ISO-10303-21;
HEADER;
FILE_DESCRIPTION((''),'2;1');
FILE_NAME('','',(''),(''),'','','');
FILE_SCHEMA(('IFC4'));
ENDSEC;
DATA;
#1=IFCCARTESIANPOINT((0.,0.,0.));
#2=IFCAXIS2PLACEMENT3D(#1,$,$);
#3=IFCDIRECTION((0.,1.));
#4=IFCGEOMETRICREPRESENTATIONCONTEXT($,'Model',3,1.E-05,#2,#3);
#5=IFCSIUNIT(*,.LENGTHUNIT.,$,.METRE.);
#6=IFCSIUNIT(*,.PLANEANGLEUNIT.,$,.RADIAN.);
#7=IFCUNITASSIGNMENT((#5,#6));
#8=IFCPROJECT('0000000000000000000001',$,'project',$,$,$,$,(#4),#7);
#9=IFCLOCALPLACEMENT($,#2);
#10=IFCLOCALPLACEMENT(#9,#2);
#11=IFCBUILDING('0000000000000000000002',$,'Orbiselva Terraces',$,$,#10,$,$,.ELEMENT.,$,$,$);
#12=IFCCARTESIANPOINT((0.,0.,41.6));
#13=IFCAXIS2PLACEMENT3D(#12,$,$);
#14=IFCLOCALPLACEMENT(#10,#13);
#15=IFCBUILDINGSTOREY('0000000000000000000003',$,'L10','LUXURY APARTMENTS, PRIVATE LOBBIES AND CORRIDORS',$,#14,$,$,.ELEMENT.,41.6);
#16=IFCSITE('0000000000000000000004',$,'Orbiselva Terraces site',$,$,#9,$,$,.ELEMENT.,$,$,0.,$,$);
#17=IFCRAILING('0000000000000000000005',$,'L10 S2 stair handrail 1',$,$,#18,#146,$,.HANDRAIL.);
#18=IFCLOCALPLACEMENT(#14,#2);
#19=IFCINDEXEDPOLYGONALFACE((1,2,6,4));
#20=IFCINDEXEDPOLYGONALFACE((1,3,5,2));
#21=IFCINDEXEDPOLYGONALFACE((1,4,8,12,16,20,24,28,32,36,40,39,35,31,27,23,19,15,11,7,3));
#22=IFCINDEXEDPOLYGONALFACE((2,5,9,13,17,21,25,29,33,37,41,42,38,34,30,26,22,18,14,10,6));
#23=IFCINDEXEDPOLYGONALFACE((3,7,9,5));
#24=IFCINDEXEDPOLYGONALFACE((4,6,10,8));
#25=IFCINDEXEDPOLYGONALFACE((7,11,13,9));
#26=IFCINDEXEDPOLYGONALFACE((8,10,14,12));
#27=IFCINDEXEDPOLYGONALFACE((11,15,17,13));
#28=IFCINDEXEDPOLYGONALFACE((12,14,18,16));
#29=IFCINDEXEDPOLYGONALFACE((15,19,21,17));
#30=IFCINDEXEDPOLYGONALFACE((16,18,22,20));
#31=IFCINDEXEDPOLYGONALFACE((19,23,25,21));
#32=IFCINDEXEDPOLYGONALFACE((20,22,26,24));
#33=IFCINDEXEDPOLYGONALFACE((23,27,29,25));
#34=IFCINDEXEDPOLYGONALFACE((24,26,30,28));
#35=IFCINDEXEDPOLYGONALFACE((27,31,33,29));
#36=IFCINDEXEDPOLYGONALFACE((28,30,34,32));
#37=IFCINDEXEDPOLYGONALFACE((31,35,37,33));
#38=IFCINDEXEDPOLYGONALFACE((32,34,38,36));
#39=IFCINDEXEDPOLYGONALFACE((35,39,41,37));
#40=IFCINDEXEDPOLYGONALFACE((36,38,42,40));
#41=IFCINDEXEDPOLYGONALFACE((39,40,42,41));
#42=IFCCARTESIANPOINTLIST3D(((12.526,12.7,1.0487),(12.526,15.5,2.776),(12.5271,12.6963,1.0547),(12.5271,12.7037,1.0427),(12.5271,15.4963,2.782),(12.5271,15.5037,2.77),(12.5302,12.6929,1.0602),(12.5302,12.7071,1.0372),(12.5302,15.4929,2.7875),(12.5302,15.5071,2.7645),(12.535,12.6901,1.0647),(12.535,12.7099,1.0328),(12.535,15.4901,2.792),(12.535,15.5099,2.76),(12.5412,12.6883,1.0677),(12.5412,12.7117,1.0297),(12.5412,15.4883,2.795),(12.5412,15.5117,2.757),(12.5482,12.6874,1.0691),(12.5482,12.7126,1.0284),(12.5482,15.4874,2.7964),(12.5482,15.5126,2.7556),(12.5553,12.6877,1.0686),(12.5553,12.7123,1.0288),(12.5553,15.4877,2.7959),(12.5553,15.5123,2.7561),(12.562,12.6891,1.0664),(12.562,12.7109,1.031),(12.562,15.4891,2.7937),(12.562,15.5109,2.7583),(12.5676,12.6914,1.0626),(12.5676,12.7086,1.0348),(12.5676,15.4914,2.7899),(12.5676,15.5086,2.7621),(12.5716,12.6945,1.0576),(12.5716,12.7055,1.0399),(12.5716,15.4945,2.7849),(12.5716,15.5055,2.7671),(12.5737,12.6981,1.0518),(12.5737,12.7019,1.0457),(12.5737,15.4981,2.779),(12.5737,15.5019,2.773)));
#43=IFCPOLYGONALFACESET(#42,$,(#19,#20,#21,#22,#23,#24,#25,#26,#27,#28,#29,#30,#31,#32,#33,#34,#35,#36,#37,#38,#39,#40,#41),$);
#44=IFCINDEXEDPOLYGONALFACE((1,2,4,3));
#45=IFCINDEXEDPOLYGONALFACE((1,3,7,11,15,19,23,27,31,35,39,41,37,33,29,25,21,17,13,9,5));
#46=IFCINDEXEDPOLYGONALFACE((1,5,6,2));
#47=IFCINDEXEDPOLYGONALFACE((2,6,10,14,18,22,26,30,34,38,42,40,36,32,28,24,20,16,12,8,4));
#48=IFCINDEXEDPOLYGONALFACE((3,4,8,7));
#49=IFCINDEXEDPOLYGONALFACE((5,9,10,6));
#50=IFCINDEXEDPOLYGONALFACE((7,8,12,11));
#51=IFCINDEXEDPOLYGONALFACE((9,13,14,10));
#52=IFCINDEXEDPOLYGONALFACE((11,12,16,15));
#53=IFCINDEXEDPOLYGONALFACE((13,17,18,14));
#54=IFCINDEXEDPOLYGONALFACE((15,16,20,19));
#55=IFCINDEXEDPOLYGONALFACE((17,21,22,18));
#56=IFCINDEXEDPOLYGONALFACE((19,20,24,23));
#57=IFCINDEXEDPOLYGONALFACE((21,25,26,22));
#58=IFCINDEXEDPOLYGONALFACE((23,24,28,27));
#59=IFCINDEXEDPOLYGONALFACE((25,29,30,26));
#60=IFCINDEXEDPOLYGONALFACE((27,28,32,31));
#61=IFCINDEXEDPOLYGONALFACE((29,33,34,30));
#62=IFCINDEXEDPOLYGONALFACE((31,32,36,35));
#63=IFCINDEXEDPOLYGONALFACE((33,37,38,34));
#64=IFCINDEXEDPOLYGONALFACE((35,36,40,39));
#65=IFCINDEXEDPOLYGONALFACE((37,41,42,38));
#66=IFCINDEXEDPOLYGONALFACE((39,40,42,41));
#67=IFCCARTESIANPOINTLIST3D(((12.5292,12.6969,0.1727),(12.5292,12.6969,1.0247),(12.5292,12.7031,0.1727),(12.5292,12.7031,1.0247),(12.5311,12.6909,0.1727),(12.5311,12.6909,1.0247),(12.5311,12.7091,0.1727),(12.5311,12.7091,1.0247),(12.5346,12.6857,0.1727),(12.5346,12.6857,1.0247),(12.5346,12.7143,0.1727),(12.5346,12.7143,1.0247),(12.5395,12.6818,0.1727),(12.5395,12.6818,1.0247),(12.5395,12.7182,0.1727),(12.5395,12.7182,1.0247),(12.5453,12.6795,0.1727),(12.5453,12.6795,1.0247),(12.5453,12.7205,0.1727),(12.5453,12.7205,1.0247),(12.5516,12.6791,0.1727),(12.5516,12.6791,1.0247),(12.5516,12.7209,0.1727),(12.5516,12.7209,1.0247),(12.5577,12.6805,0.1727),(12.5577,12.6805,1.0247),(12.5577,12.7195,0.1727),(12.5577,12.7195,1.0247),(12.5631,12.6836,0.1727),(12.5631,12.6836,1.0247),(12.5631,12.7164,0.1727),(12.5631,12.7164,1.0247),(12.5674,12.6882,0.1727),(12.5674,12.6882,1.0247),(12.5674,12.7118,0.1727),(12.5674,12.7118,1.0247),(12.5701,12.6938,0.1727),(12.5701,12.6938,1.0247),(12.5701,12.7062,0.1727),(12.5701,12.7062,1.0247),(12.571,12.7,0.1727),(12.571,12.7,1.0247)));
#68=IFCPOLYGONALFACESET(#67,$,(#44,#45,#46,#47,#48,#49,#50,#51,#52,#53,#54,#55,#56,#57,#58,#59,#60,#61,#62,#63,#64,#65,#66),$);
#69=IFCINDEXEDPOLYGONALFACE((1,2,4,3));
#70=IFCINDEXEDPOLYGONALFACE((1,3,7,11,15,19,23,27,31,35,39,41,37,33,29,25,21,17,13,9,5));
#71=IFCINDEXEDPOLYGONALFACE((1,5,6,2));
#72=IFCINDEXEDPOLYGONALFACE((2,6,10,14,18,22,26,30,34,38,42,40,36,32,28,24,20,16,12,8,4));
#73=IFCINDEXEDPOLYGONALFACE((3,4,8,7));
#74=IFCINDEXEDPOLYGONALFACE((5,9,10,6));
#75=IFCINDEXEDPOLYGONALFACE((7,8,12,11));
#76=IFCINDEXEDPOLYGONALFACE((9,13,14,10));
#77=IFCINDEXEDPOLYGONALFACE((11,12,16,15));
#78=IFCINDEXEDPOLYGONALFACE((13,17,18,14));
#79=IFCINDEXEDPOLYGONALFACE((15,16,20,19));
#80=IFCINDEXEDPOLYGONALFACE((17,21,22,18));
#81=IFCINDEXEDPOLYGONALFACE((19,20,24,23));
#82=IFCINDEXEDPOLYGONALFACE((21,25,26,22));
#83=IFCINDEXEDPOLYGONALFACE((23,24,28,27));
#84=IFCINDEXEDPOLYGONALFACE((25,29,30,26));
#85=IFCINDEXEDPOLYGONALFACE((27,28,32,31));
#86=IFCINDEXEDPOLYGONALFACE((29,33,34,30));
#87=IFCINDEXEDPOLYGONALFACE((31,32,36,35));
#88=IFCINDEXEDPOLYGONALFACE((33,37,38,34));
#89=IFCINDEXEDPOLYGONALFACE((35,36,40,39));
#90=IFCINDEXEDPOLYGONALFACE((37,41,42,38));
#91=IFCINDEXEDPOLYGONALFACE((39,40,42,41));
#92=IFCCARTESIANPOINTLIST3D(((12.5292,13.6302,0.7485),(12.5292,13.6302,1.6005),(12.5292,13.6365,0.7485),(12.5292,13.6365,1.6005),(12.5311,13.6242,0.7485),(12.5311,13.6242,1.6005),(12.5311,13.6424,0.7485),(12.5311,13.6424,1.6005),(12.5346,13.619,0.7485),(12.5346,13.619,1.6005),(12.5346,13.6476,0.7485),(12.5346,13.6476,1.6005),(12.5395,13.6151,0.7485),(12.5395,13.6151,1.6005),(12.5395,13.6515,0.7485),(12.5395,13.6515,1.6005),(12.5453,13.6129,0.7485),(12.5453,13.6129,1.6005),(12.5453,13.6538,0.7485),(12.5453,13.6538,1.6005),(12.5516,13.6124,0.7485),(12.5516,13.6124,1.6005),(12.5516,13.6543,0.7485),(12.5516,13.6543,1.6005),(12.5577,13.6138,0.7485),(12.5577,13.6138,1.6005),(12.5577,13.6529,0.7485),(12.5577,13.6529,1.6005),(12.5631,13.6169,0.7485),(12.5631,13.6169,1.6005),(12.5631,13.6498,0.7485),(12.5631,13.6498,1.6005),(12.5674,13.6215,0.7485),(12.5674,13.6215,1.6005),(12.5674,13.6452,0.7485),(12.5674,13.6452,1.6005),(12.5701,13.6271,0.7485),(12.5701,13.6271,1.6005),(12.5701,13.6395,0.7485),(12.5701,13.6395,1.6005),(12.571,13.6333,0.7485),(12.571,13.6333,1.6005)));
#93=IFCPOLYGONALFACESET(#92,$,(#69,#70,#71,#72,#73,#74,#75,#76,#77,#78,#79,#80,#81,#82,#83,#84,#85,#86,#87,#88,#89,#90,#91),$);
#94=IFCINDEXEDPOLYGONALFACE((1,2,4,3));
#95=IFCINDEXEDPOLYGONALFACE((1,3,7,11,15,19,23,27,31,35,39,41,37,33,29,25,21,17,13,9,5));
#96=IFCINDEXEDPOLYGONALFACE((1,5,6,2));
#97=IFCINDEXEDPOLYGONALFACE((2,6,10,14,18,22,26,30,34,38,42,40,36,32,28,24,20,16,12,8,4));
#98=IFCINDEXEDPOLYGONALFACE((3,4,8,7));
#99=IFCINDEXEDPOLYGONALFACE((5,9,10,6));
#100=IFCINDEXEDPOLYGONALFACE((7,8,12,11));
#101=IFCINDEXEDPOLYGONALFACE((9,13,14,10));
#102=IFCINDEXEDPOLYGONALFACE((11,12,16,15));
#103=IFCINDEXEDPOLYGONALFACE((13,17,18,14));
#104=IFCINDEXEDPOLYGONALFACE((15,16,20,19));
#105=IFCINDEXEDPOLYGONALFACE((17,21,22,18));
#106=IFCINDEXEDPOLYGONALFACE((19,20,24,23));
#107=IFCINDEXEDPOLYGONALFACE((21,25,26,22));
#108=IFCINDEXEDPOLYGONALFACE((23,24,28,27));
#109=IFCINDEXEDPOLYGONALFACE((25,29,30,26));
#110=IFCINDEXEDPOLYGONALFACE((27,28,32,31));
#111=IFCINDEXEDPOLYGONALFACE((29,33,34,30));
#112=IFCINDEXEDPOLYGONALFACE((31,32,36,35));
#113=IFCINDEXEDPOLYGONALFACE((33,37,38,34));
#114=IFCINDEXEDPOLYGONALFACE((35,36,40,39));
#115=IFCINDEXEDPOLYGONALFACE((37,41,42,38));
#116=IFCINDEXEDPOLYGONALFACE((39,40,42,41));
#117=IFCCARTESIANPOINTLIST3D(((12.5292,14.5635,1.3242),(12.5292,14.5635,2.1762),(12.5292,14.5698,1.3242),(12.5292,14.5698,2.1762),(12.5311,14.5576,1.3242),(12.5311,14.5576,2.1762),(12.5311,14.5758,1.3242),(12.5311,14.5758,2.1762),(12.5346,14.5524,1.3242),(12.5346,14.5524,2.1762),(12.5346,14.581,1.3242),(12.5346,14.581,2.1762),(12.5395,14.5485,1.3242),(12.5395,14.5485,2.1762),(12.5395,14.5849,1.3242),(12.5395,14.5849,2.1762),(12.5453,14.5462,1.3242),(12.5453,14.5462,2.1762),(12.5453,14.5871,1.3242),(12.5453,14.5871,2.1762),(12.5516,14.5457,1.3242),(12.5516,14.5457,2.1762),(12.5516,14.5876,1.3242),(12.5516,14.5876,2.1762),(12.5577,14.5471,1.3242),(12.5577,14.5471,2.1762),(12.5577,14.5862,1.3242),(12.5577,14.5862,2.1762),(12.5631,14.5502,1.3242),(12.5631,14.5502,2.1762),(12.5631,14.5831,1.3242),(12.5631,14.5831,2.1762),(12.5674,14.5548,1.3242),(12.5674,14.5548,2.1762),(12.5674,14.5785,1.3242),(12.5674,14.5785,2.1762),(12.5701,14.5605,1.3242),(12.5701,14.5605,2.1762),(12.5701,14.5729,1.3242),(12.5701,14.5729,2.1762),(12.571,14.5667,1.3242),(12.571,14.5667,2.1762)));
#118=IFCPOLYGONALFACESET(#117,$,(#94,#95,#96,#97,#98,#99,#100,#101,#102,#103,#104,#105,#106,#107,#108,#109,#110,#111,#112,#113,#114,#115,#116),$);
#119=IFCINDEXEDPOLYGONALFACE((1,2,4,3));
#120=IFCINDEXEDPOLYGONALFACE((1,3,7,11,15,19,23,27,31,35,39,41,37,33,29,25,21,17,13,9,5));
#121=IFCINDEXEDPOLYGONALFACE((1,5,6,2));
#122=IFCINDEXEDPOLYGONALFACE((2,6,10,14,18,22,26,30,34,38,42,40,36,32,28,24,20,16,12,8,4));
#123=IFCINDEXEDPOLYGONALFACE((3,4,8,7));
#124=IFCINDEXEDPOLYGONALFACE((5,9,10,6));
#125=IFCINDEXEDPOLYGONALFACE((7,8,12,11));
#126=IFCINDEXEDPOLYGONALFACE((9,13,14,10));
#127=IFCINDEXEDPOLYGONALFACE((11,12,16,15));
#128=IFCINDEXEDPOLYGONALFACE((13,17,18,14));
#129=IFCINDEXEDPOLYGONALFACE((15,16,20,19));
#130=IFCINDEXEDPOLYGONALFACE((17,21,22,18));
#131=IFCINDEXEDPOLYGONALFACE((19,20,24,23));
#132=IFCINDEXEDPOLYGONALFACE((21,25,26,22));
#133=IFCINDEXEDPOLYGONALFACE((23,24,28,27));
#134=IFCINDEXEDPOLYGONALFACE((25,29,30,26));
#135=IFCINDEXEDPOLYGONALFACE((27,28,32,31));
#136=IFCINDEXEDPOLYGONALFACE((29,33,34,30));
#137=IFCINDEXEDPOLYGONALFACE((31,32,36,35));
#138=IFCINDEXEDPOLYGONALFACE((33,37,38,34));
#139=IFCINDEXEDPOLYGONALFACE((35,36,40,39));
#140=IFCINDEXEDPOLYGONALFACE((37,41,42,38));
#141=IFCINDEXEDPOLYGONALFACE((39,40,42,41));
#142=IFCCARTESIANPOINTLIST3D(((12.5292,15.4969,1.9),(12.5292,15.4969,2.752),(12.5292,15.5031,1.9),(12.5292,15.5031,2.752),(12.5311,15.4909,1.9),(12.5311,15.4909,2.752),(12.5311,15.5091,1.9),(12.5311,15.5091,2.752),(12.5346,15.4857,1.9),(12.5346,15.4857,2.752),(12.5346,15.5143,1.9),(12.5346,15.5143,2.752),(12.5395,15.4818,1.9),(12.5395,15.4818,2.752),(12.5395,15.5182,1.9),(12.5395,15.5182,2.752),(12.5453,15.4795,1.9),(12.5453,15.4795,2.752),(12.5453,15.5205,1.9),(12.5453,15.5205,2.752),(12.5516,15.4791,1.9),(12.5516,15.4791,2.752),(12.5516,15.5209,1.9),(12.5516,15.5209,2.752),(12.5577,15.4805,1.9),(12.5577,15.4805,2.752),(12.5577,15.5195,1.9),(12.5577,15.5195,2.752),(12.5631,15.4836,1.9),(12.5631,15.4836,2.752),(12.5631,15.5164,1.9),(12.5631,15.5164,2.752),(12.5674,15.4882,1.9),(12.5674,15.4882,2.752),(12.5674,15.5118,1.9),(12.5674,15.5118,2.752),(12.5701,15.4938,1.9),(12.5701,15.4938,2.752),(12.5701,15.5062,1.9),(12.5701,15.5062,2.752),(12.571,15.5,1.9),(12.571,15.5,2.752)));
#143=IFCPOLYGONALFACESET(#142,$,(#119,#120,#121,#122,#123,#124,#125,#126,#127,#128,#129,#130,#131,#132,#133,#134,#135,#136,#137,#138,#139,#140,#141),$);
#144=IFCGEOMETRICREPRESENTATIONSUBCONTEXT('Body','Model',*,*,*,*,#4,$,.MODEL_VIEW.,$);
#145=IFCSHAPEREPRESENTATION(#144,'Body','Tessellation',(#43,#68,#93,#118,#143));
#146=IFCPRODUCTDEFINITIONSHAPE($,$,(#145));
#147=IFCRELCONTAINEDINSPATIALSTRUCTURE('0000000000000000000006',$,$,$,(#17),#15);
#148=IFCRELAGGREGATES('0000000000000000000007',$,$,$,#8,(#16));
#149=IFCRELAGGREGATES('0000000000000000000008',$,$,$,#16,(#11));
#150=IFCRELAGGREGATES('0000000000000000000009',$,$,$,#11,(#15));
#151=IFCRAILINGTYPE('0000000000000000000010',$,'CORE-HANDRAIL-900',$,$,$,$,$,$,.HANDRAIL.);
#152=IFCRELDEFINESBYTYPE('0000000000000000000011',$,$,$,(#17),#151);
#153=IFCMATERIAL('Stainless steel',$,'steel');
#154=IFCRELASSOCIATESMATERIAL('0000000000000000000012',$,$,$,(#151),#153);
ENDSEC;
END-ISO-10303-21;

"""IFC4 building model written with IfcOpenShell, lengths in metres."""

from ifc_helpers import new_model, si_unit, direction, frame, origin, origin_2d, place, context, subcontext, project, spatial, circle, extrude, material, type_object, element, save


model = new_model("IFC4")

# Units and contexts
model_context = context("Model", 3, precision=1e-05, world=origin(), true_north=direction((0.0, 1.0)))
body_context = subcontext(model_context, "Body", "Model", "MODEL_VIEW")
ifc_project = project(units=[si_unit("LENGTHUNIT", "METRE"), si_unit("PLANEANGLEUNIT", "RADIAN")], contexts=[model_context])

# Site, building, storey
site_placement = place(None, origin())
site = spatial("IfcSite", under=ifc_project, at=site_placement, Name="Orbiselva Terraces site", CompositionType="ELEMENT", RefElevation=0.0)
building_placement = place(site_placement, origin())
building = spatial("IfcBuilding", under=site, at=building_placement, Name="Orbiselva Terraces", CompositionType="ELEMENT")
storey_placement = place(building_placement, frame((0.0, 0.0, 41.6)))
storey = spatial("IfcBuildingStorey", under=building, at=storey_placement, Name="L10", Description="LUXURY APARTMENTS, PRIVATE LOBBIES AND CORRIDORS", CompositionType="ELEMENT", Elevation=41.6)

# Railing
ifc_material_1 = material(Name="Stainless steel", Category="steel")
railing_type = type_object("IfcRailingType", Name="CORE-HANDRAIL-900", PredefinedType="HANDRAIL", material=ifc_material_1)
railing_placement = place(storey_placement, frame((12.55, 12.7, 0.1727)))
element("IfcRailing", 1, at=railing_placement, inside=storey, type_object=railing_type, Name="L10 S2 stair handrail 1", PredefinedType="HANDRAIL", context=body_context, shape_type="SweptSolid", body=[
    extrude(circle(Radius=0.024, at=origin_2d()), frame((0.0, 0.0, 0.876), z_axis=(0.0, 0.851089, 0.525022), x_axis=(-1.0, 0.0, 0.0)), (0.0, 0.0, 1.0), 3.2899),
    extrude(circle(Radius=0.021, at=origin_2d()), origin(), (0.0, 0.0, 1.0), 0.852),
    extrude(circle(Radius=0.021, at=origin_2d()), frame((0.0, 0.9333, 0.5758)), (0.0, 0.0, 1.0), 0.852),
    extrude(circle(Radius=0.021, at=origin_2d()), frame((0.0, 1.8667, 1.1515)), (0.0, 0.0, 1.0), 0.852),
    extrude(circle(Radius=0.021, at=origin_2d()), frame((0.0, 2.8, 1.7273)), (0.0, 0.0, 1.0), 0.852),
])

save(model, "model.ifc")
